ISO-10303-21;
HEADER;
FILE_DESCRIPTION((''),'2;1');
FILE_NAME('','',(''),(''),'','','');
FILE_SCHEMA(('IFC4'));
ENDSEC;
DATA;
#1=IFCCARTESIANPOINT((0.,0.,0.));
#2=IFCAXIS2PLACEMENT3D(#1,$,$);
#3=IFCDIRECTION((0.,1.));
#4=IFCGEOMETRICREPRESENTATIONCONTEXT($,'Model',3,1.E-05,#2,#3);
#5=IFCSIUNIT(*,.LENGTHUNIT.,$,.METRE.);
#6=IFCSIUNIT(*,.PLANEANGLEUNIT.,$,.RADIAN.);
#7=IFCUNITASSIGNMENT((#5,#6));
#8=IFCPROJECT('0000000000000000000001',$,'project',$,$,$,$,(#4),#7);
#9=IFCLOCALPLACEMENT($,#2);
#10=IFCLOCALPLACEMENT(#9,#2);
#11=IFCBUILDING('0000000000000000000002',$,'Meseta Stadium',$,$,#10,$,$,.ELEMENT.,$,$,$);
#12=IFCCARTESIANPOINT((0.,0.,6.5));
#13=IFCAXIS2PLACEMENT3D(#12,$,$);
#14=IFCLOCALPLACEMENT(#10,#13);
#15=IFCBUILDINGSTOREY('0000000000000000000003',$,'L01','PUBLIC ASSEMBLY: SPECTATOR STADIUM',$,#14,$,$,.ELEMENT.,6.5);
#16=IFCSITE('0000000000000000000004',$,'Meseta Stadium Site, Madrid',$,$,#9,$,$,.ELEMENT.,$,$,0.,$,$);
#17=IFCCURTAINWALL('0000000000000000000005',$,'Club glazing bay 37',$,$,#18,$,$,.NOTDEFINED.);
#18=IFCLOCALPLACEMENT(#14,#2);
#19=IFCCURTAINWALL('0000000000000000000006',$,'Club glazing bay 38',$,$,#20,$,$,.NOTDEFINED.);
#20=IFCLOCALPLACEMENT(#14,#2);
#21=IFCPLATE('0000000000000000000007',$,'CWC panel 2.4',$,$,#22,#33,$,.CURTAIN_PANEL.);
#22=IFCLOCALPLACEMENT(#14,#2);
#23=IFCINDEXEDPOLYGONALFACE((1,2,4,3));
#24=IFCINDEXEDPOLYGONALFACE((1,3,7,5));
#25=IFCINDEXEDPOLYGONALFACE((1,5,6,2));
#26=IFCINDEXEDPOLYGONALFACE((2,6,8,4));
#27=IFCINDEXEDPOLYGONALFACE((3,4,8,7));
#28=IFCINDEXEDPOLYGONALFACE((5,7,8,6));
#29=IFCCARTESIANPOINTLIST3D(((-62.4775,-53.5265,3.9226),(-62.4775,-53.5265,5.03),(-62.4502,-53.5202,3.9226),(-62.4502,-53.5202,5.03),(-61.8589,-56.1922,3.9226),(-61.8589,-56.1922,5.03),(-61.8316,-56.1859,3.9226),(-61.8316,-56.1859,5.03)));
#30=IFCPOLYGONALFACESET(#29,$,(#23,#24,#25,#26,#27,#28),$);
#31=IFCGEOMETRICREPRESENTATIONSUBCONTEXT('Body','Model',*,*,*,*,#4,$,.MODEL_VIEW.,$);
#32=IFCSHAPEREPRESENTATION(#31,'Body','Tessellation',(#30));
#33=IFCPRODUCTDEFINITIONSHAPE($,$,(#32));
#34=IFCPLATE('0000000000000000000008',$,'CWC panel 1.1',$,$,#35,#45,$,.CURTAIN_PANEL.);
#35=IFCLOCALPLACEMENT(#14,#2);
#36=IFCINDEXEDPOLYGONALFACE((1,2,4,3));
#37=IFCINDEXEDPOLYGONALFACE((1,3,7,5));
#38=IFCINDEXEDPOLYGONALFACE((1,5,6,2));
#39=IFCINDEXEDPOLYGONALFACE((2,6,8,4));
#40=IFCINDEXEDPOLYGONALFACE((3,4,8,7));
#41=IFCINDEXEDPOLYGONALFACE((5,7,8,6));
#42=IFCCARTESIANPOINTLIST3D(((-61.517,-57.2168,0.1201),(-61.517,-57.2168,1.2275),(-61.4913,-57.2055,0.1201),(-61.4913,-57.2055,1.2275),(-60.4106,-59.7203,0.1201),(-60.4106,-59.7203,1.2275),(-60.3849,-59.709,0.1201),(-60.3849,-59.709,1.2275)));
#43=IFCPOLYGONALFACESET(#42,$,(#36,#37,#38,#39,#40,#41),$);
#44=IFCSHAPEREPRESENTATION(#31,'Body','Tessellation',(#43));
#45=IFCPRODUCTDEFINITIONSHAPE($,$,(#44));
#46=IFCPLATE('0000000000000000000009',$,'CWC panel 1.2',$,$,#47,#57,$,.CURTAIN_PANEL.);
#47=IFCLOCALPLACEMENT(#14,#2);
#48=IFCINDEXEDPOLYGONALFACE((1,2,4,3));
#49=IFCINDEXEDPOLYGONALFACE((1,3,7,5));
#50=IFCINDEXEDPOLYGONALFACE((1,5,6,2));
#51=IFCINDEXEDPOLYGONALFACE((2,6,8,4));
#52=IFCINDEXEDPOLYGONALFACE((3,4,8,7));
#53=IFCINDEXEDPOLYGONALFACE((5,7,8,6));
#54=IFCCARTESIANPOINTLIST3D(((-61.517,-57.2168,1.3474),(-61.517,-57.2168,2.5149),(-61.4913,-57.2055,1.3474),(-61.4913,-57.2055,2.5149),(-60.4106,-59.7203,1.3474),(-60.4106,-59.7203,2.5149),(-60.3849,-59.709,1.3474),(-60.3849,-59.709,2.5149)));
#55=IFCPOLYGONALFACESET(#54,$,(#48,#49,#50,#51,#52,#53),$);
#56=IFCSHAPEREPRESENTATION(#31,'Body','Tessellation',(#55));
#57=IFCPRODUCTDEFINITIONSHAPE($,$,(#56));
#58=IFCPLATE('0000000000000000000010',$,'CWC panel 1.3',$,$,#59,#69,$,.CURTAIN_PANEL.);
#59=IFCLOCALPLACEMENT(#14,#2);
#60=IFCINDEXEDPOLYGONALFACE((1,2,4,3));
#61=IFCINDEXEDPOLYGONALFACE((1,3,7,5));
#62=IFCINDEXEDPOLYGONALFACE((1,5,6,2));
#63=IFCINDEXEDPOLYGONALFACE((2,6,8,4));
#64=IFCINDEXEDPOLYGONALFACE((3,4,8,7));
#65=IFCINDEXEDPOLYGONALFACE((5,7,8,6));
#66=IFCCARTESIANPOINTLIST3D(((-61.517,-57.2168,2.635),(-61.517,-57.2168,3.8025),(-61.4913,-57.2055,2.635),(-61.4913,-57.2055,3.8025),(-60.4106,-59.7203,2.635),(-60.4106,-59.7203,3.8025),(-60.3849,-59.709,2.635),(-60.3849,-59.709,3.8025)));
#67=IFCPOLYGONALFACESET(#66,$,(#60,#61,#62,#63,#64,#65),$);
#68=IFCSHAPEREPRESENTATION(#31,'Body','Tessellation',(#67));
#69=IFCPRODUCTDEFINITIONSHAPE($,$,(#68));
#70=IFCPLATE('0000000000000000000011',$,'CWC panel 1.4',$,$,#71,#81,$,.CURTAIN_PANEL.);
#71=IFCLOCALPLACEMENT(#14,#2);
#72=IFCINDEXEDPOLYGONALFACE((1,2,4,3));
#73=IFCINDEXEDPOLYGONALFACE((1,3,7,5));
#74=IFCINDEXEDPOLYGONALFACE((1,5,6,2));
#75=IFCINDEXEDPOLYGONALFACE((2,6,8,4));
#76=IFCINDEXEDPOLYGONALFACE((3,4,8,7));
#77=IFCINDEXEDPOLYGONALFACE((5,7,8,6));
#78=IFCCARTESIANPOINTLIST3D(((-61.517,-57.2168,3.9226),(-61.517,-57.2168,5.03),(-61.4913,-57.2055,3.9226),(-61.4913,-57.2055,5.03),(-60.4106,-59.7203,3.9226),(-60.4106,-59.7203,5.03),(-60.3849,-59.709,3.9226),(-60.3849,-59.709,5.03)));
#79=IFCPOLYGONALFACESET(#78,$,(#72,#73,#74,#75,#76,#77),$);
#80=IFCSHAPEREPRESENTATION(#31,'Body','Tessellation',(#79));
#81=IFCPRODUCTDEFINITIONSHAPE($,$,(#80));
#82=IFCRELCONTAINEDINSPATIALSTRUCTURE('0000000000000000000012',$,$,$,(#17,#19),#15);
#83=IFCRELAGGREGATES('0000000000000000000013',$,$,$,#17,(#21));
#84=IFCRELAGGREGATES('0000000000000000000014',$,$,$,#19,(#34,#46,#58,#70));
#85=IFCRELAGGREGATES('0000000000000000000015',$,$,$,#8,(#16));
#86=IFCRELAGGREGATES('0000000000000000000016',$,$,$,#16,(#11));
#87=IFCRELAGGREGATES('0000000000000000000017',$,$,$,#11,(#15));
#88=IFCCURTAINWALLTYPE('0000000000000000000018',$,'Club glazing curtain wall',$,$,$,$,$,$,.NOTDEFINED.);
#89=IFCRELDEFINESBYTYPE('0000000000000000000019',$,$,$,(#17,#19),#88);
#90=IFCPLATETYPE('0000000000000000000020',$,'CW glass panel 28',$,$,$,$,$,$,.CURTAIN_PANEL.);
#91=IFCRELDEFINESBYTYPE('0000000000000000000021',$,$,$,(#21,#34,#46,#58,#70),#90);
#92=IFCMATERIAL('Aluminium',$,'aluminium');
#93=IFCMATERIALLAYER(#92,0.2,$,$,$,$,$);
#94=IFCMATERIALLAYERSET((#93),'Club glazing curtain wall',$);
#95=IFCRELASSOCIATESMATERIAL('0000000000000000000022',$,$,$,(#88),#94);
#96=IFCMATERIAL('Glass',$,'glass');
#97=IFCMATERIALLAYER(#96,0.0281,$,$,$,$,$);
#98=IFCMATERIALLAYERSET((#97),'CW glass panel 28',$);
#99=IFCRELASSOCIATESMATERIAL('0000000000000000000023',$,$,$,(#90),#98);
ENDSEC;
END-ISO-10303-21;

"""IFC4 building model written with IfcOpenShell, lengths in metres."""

from ifc_helpers import new_model, si_unit, direction, frame, origin, origin_2d, place, context, subcontext, project, spatial, rectangle, extrude, material, layer, layer_set, type_object, element, aggregate, save


model = new_model("IFC4")

# Units and contexts
model_context = context("Model", 3, precision=1e-05, world=origin(), true_north=direction((0.0, 1.0)))
body_context = subcontext(model_context, "Body", "Model", "MODEL_VIEW")
ifc_project = project(units=[si_unit("LENGTHUNIT", "METRE"), si_unit("PLANEANGLEUNIT", "RADIAN")], contexts=[model_context])

# Site, building, storey
site_placement = place(None, origin())
site = spatial("IfcSite", under=ifc_project, at=site_placement, Name="Meseta Stadium Site, Madrid", CompositionType="ELEMENT", RefElevation=0.0)
building_placement = place(site_placement, origin())
building = spatial("IfcBuilding", under=site, at=building_placement, Name="Meseta Stadium", CompositionType="ELEMENT")
storey_placement = place(building_placement, frame((0.0, 0.0, 6.5)))
storey = spatial("IfcBuildingStorey", under=building, at=storey_placement, Name="L01", Description="PUBLIC ASSEMBLY: SPECTATOR STADIUM", CompositionType="ELEMENT", Elevation=6.5)

# Curtain walls
ifc_material_1 = material(Name="Aluminium", Category="aluminium")
ifc_layer_1 = layer(ifc_material_1, 0.2)
ifc_layer_set_1 = layer_set([ifc_layer_1], Name="Club glazing curtain wall")
curtain_wall_type = type_object("IfcCurtainWallType", Name="Club glazing curtain wall", PredefinedType="NOTDEFINED", material=ifc_layer_set_1)
curtain_wall_1_placement = place(storey_placement, origin())
curtain_wall_1 = element("IfcCurtainWall", 1, at=curtain_wall_1_placement, inside=storey, type_object=curtain_wall_type, Name="Club glazing bay 37", PredefinedType="NOTDEFINED")
curtain_wall_2_placement = place(storey_placement, origin())
curtain_wall_2 = element("IfcCurtainWall", 2, at=curtain_wall_2_placement, inside=storey, type_object=curtain_wall_type, Name="Club glazing bay 38", PredefinedType="NOTDEFINED")

# Plates
ifc_material_2 = material(Name="Glass", Category="glass")
ifc_layer_2 = layer(ifc_material_2, 0.0281)
ifc_layer_set_2 = layer_set([ifc_layer_2], Name="CW glass panel 28")
plate_type = type_object("IfcPlateType", Name="CW glass panel 28", PredefinedType="CURTAIN_PANEL", material=ifc_layer_set_2)
plate_1_placement = place(storey_placement, frame((-62.1545, -54.8562, 3.9226), z_axis=(0.0, 0.0, 1.0), x_axis=(0.226048, -0.974116, 0.0)))
plate_1 = element("IfcPlate", 3, at=plate_1_placement, type_object=plate_type, Name="CWC panel 2.4", PredefinedType="CURTAIN_PANEL", context=body_context, shape_type="SweptSolid", body=[
    extrude(rectangle(XDim=2.7366, YDim=0.0281, at=origin_2d()), origin(), (0.0, 0.0, 1.0), 1.1074),
])
aggregate(curtain_wall_1, [plate_1])
plate_2_placement = place(storey_placement, frame((-60.9509, -58.4629, 0.1201), z_axis=(0.0, 0.0, 1.0), x_axis=(0.40423, -0.914657, 0.0)))
plate_2 = element("IfcPlate", 4, at=plate_2_placement, type_object=plate_type, Name="CWC panel 1.1", PredefinedType="CURTAIN_PANEL", context=body_context, shape_type="SweptSolid", body=[
    extrude(rectangle(XDim=2.7371, YDim=0.0281, at=origin_2d()), origin(), (0.0, 0.0, 1.0), 1.1074),
])
plate_3_placement = place(storey_placement, frame((-60.9509, -58.4629, 1.3474), z_axis=(0.0, 0.0, 1.0), x_axis=(0.40423, -0.914657, 0.0)))
plate_3 = element("IfcPlate", 5, at=plate_3_placement, type_object=plate_type, Name="CWC panel 1.2", PredefinedType="CURTAIN_PANEL", context=body_context, shape_type="SweptSolid", body=[
    extrude(rectangle(XDim=2.7371, YDim=0.0281, at=origin_2d()), origin(), (0.0, 0.0, 1.0), 1.1675),
])
plate_4_placement = place(storey_placement, frame((-60.9509, -58.4629, 2.635), z_axis=(0.0, 0.0, 1.0), x_axis=(0.40423, -0.914657, 0.0)))
plate_4 = element("IfcPlate", 6, at=plate_4_placement, type_object=plate_type, Name="CWC panel 1.3", PredefinedType="CURTAIN_PANEL", context=body_context, shape_type="SweptSolid", body=[
    extrude(rectangle(XDim=2.7371, YDim=0.0281, at=origin_2d()), origin(), (0.0, 0.0, 1.0), 1.1675),
])
plate_5_placement = place(storey_placement, frame((-60.9509, -58.4629, 3.9226), z_axis=(0.0, 0.0, 1.0), x_axis=(0.40423, -0.914657, 0.0)))
plate_5 = element("IfcPlate", 7, at=plate_5_placement, type_object=plate_type, Name="CWC panel 1.4", PredefinedType="CURTAIN_PANEL", context=body_context, shape_type="SweptSolid", body=[
    extrude(rectangle(XDim=2.7371, YDim=0.0281, at=origin_2d()), origin(), (0.0, 0.0, 1.0), 1.1074),
])
aggregate(curtain_wall_2, [plate_2, plate_3, plate_4, plate_5])

save(model, "model.ifc")
